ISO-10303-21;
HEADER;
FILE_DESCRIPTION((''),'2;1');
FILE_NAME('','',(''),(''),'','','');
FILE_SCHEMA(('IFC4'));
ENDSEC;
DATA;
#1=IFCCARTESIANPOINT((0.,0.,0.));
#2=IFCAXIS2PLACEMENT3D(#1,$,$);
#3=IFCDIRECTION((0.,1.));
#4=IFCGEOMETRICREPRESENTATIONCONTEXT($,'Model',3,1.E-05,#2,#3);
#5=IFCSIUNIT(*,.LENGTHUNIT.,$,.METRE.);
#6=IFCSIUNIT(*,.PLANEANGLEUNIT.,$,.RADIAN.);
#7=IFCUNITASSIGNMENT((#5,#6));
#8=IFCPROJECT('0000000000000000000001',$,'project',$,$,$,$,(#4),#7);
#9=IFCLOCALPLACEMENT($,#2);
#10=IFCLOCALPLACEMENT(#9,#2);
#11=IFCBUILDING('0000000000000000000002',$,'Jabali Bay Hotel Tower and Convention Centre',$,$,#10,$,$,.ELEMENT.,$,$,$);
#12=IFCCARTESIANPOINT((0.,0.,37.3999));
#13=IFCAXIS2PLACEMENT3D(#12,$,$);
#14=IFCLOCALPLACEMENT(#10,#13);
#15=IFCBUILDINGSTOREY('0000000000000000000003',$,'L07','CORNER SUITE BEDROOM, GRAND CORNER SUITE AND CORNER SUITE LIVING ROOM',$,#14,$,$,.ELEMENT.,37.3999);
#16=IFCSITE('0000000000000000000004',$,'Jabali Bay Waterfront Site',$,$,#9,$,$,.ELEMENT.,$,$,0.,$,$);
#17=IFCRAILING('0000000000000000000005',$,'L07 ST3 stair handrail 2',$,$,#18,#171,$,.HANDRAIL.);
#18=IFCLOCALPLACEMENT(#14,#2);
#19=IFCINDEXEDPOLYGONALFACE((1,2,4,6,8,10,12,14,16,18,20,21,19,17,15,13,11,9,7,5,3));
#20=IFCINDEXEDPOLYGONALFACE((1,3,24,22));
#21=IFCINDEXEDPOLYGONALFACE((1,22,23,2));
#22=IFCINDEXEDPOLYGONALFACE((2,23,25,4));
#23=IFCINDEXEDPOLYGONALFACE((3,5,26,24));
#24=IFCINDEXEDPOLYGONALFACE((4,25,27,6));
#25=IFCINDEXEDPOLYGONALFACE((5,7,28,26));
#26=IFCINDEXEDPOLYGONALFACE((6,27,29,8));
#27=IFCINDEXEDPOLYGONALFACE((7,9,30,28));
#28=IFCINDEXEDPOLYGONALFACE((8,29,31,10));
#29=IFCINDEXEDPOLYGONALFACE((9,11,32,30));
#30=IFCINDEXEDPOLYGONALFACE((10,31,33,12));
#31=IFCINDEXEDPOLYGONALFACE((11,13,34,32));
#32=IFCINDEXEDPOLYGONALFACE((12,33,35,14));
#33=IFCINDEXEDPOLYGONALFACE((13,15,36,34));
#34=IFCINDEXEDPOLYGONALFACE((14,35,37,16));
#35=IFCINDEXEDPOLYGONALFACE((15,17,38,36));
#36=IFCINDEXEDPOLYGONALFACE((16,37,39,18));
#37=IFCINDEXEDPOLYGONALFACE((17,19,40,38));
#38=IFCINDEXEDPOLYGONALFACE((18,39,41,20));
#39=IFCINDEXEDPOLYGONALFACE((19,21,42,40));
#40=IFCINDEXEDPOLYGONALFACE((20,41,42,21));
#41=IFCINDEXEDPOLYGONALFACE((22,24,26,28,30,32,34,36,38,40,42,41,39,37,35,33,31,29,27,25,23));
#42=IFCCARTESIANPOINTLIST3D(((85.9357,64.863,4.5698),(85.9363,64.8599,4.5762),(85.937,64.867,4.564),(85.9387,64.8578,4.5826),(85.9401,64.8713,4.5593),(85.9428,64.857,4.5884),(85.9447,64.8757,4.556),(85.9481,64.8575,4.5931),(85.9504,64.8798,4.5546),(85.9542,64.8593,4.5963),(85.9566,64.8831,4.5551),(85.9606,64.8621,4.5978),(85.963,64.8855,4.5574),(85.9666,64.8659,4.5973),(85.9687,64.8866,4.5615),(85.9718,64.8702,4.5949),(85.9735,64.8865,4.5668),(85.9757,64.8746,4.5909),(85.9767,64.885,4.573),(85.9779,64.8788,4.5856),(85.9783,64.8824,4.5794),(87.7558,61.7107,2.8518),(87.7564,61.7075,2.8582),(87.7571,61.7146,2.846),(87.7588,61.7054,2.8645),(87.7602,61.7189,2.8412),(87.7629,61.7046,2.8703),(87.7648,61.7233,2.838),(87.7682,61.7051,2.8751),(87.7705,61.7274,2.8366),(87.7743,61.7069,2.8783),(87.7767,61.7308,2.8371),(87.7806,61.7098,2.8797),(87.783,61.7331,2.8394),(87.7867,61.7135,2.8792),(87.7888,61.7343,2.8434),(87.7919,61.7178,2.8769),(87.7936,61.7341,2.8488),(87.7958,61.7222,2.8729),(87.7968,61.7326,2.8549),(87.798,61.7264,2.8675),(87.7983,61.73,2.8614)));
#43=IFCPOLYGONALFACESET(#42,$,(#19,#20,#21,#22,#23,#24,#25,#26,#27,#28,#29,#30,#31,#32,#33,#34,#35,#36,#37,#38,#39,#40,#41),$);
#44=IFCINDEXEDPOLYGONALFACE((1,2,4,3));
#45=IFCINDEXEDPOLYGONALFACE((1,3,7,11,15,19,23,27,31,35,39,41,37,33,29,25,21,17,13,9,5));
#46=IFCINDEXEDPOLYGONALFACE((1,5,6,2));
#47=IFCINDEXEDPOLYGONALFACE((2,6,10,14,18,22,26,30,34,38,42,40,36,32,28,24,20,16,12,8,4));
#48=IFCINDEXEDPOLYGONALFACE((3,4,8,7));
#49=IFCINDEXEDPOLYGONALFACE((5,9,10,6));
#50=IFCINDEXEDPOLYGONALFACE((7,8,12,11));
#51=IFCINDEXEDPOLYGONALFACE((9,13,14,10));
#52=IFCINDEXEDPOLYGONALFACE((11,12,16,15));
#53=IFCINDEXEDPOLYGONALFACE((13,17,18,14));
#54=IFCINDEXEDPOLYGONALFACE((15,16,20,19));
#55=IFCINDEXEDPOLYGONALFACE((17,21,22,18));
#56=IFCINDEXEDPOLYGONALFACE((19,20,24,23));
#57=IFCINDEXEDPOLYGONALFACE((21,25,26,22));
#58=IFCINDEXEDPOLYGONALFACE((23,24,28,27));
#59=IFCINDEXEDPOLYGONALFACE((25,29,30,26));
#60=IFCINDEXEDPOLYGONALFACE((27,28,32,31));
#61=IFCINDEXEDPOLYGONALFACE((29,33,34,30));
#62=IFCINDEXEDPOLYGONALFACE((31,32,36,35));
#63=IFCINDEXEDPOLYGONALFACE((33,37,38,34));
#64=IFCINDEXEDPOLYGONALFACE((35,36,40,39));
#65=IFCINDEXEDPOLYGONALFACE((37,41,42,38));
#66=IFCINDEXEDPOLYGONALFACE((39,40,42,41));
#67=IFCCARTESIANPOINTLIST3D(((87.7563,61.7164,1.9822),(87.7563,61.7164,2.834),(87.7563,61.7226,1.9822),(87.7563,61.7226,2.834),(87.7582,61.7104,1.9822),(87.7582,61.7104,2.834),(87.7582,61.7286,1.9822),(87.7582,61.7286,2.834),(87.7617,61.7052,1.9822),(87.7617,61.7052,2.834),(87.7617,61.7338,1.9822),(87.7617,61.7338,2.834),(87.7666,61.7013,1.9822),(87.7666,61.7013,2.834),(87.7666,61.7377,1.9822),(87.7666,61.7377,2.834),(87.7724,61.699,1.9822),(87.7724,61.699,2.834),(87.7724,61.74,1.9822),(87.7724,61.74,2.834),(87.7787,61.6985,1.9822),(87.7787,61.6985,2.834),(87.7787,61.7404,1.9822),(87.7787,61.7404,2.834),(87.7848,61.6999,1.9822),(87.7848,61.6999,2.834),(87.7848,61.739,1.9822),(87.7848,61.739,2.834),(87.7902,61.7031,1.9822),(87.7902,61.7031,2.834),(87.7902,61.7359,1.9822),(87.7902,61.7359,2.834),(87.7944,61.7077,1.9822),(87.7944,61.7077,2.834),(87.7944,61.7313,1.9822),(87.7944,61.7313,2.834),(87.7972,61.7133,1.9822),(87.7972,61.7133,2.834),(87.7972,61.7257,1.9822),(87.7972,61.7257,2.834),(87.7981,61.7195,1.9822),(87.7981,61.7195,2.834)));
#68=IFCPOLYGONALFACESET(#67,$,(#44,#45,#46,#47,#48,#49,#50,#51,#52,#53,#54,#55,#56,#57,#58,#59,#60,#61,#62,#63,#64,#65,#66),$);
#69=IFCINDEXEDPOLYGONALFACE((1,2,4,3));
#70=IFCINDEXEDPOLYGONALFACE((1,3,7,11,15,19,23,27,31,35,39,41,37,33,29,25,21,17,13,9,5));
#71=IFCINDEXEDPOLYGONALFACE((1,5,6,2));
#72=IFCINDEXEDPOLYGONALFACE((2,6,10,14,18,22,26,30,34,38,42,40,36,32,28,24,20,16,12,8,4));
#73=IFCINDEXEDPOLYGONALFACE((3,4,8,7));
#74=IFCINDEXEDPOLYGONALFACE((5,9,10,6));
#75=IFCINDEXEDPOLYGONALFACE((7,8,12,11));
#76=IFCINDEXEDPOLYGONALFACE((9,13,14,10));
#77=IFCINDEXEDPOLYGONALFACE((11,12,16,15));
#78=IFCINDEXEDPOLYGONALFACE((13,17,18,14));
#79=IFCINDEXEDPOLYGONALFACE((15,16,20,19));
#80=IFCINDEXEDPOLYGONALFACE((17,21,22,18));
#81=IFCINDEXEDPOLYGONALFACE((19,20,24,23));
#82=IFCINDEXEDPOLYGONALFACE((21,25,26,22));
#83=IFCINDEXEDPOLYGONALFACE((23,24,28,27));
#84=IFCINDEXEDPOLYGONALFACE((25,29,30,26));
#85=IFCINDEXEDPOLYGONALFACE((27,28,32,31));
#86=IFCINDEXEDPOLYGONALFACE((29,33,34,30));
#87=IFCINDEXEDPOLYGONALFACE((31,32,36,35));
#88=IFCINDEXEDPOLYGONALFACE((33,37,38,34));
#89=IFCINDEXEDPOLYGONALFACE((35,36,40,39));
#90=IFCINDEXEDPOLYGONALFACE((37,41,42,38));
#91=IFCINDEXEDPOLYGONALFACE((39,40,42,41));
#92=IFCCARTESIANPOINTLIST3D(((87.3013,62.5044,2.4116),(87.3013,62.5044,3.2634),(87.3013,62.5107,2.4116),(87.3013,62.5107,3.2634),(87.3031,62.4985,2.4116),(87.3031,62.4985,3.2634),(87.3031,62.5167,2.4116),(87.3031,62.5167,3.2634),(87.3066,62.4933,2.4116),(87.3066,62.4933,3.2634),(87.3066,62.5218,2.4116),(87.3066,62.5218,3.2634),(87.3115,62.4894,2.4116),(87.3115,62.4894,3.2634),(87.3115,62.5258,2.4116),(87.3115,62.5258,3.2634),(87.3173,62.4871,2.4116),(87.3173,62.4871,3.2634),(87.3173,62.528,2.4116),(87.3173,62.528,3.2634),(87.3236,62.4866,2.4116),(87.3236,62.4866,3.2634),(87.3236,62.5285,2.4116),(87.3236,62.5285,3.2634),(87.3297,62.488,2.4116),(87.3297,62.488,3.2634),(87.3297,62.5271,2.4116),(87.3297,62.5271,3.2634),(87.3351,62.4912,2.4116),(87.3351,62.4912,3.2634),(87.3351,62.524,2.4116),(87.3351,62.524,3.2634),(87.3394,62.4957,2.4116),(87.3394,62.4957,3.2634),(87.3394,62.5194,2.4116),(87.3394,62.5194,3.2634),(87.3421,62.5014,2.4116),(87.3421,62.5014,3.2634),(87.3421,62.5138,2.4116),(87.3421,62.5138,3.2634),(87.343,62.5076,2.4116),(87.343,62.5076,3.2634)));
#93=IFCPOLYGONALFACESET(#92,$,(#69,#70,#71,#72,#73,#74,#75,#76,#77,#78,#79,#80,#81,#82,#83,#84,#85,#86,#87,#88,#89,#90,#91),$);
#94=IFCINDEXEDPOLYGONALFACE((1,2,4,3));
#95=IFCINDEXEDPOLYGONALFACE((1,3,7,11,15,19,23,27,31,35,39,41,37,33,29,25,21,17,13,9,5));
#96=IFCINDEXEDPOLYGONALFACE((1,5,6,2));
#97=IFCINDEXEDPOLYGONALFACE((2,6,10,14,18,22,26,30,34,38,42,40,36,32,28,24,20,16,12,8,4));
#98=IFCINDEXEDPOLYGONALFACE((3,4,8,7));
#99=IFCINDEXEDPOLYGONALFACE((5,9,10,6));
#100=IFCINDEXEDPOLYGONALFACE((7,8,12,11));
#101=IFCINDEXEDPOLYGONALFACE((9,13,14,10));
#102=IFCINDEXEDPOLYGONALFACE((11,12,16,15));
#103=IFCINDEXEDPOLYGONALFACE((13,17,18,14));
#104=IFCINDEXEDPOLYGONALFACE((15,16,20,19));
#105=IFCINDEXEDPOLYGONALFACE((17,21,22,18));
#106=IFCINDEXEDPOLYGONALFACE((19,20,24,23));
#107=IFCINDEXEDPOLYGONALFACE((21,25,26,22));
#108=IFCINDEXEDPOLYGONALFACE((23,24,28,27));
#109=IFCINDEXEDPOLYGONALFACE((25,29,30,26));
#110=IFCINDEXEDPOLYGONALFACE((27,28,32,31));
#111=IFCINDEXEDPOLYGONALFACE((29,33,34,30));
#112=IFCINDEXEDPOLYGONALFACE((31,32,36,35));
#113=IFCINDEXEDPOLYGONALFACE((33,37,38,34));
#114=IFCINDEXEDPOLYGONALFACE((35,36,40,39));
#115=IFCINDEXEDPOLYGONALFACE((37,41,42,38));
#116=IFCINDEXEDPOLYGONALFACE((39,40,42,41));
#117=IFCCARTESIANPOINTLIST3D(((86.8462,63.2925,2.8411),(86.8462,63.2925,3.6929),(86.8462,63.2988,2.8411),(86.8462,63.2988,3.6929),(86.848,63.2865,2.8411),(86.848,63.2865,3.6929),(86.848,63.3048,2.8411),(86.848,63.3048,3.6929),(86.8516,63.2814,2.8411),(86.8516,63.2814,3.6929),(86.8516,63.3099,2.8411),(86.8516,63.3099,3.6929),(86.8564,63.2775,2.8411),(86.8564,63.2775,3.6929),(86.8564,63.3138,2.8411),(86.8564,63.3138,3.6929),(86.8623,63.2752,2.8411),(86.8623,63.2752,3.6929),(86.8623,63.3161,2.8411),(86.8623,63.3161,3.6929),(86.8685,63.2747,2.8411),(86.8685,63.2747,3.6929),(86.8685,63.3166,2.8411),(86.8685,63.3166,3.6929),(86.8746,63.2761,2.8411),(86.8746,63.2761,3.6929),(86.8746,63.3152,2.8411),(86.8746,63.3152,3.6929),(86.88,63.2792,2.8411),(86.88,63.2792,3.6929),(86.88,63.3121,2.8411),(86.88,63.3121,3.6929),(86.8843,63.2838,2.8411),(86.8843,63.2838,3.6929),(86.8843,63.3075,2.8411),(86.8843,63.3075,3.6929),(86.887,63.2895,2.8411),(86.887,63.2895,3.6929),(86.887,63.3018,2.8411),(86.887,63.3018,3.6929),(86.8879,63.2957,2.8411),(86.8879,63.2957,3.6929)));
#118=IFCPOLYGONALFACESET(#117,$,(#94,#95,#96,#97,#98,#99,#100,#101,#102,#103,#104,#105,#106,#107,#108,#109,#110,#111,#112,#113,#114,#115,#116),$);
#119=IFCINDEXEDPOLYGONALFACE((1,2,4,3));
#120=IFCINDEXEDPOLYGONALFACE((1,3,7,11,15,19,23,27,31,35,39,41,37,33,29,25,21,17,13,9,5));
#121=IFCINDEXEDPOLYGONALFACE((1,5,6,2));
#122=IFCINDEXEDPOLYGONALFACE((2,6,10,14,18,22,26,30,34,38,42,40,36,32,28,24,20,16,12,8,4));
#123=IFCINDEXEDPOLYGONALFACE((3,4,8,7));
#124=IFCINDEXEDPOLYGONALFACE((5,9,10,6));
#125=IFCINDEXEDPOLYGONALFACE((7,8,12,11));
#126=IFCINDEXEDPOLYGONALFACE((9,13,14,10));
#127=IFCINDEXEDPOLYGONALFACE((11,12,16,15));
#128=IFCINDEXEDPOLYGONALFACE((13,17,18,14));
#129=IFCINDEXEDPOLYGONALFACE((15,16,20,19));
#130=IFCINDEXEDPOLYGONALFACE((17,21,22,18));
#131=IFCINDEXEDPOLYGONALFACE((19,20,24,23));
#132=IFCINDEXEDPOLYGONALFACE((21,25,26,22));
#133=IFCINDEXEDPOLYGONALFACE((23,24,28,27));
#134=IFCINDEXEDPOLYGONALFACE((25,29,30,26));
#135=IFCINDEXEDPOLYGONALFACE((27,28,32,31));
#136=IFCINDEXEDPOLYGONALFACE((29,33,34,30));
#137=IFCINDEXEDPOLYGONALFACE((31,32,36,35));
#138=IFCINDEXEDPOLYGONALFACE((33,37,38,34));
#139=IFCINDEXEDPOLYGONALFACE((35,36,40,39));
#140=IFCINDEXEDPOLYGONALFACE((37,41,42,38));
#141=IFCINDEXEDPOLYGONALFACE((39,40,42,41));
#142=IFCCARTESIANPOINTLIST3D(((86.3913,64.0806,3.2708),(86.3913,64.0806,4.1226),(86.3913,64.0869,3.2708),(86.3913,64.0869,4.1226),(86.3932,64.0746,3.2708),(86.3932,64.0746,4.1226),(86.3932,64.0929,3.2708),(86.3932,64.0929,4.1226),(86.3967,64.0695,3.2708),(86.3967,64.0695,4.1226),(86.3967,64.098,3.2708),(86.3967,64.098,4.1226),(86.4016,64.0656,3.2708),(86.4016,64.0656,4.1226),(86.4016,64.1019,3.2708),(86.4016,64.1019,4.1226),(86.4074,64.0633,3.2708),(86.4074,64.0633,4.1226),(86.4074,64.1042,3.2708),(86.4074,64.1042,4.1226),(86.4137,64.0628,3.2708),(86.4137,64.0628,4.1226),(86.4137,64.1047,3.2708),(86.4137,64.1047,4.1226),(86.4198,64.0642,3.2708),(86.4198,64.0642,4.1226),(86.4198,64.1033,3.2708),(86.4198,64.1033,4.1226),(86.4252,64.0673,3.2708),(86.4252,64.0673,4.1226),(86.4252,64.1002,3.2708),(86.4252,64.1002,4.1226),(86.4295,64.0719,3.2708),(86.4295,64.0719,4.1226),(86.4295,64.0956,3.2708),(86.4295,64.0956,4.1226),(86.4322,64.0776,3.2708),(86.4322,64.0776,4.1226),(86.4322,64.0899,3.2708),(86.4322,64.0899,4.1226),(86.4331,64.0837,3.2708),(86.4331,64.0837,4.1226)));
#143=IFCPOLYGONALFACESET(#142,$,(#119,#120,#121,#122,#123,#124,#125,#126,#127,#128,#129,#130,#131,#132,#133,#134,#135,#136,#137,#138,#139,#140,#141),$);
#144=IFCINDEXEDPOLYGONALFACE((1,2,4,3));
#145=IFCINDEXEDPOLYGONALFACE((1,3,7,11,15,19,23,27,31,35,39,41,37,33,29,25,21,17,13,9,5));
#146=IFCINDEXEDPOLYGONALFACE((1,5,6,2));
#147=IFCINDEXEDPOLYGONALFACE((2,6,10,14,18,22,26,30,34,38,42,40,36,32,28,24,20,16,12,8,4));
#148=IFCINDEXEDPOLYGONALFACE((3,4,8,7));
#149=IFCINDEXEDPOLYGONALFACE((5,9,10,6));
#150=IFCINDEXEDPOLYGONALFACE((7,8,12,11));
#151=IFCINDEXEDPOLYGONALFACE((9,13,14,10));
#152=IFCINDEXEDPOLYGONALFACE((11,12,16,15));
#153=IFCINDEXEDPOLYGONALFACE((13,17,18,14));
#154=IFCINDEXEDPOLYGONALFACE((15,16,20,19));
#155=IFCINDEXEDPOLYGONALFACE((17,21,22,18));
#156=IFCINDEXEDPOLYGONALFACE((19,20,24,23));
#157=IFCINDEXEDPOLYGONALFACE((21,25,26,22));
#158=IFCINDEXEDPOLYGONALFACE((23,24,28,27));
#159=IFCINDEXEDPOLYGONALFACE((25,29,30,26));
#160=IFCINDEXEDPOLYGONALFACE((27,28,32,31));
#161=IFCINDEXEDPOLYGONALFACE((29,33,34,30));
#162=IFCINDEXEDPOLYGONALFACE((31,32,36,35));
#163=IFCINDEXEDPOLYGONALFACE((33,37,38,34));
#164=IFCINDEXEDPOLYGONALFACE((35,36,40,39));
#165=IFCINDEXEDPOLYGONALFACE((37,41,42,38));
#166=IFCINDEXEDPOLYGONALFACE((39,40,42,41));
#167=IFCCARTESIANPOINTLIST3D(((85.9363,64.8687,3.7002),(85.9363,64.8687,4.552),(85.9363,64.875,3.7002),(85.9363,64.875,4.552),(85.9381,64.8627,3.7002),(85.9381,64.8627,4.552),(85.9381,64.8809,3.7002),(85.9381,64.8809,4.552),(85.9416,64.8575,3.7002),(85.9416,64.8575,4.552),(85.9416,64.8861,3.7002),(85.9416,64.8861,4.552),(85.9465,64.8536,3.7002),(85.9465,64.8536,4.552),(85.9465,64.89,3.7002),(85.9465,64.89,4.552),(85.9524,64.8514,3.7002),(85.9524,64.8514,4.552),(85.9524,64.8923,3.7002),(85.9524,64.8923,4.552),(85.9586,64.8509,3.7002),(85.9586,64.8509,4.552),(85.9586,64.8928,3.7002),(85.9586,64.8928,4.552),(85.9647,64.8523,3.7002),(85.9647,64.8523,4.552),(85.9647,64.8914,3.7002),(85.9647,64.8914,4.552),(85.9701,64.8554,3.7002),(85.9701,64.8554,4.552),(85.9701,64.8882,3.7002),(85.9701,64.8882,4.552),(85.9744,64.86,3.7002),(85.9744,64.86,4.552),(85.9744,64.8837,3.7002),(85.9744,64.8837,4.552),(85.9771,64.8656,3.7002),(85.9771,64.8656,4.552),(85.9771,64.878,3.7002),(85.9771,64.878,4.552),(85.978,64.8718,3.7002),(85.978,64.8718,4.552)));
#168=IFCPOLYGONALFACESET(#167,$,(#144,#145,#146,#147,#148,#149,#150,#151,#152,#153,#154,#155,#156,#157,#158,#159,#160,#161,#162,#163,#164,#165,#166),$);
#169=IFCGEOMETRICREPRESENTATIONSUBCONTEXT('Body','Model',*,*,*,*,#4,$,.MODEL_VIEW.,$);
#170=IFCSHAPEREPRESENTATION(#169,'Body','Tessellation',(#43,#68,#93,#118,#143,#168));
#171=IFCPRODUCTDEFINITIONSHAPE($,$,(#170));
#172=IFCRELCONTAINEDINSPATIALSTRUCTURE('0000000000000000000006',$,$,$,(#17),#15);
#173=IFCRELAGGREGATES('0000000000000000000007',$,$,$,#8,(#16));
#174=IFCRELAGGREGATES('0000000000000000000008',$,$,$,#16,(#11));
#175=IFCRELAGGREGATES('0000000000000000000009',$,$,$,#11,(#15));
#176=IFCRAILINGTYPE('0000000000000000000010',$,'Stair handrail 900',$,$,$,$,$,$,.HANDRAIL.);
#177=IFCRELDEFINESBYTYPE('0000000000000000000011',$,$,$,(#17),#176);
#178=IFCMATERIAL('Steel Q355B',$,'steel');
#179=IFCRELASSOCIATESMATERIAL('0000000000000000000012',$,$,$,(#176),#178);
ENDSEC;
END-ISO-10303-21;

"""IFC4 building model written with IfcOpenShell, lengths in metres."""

from ifc_helpers import new_model, si_unit, direction, frame, origin, origin_2d, place, context, subcontext, project, spatial, circle, extrude, material, type_object, element, save


model = new_model("IFC4")

# Units and contexts
model_context = context("Model", 3, precision=1e-05, world=origin(), true_north=direction((0.0, 1.0)))
body_context = subcontext(model_context, "Body", "Model", "MODEL_VIEW")
ifc_project = project(units=[si_unit("LENGTHUNIT", "METRE"), si_unit("PLANEANGLEUNIT", "RADIAN")], contexts=[model_context])

# Site, building, storey
site_placement = place(None, origin())
site = spatial("IfcSite", under=ifc_project, at=site_placement, Name="Jabali Bay Waterfront Site", CompositionType="ELEMENT", RefElevation=0.0)
building_placement = place(site_placement, origin())
building = spatial("IfcBuilding", under=site, at=building_placement, Name="Jabali Bay Hotel Tower and Convention Centre", CompositionType="ELEMENT")
storey_placement = place(building_placement, frame((0.0, 0.0, 37.3999)))
storey = spatial("IfcBuildingStorey", under=building, at=storey_placement, Name="L07", Description="CORNER SUITE BEDROOM, GRAND CORNER SUITE AND CORNER SUITE LIVING ROOM", CompositionType="ELEMENT", Elevation=37.3999)

# Railing
ifc_material_1 = material(Name="Steel Q355B", Category="steel")
railing_type_1 = type_object("IfcRailingType", Name="Stair handrail 900", PredefinedType="HANDRAIL", material=ifc_material_1)
railing_1_placement = place(storey_placement, frame((87.7771, 61.7195, 1.9822)))
element("IfcRailing", 1, at=railing_1_placement, inside=storey, type_object=railing_type_1, Name="L07 ST3 stair handrail 2", PredefinedType="HANDRAIL", context=body_context, shape_type="SweptSolid", body=[
    extrude(circle(Radius=0.0239, at=origin_2d()), frame((0.0, 0.0, 0.876), z_axis=(-0.452179, 0.78317, 0.426825), x_axis=(-0.866018, -0.500013, 0.0)), (0.0, 0.0, 1.0), 4.0251),
    extrude(circle(Radius=0.021, at=origin_2d()), origin(), (0.0, 0.0, 1.0), 0.8518),
    extrude(circle(Radius=0.021, at=origin_2d()), frame((-0.4551, 0.7881, 0.4294)), (0.0, 0.0, 1.0), 0.8518),
    extrude(circle(Radius=0.021, at=origin_2d()), frame((-0.9102, 1.5762, 0.8589)), (0.0, 0.0, 1.0), 0.8518),
    extrude(circle(Radius=0.021, at=origin_2d()), frame((-1.365, 2.3643, 1.2886)), (0.0, 0.0, 1.0), 0.8518),
    extrude(circle(Radius=0.021, at=origin_2d()), frame((-1.8201, 3.1523, 1.718)), (0.0, 0.0, 1.0), 0.8518),
])

save(model, "model.ifc")
